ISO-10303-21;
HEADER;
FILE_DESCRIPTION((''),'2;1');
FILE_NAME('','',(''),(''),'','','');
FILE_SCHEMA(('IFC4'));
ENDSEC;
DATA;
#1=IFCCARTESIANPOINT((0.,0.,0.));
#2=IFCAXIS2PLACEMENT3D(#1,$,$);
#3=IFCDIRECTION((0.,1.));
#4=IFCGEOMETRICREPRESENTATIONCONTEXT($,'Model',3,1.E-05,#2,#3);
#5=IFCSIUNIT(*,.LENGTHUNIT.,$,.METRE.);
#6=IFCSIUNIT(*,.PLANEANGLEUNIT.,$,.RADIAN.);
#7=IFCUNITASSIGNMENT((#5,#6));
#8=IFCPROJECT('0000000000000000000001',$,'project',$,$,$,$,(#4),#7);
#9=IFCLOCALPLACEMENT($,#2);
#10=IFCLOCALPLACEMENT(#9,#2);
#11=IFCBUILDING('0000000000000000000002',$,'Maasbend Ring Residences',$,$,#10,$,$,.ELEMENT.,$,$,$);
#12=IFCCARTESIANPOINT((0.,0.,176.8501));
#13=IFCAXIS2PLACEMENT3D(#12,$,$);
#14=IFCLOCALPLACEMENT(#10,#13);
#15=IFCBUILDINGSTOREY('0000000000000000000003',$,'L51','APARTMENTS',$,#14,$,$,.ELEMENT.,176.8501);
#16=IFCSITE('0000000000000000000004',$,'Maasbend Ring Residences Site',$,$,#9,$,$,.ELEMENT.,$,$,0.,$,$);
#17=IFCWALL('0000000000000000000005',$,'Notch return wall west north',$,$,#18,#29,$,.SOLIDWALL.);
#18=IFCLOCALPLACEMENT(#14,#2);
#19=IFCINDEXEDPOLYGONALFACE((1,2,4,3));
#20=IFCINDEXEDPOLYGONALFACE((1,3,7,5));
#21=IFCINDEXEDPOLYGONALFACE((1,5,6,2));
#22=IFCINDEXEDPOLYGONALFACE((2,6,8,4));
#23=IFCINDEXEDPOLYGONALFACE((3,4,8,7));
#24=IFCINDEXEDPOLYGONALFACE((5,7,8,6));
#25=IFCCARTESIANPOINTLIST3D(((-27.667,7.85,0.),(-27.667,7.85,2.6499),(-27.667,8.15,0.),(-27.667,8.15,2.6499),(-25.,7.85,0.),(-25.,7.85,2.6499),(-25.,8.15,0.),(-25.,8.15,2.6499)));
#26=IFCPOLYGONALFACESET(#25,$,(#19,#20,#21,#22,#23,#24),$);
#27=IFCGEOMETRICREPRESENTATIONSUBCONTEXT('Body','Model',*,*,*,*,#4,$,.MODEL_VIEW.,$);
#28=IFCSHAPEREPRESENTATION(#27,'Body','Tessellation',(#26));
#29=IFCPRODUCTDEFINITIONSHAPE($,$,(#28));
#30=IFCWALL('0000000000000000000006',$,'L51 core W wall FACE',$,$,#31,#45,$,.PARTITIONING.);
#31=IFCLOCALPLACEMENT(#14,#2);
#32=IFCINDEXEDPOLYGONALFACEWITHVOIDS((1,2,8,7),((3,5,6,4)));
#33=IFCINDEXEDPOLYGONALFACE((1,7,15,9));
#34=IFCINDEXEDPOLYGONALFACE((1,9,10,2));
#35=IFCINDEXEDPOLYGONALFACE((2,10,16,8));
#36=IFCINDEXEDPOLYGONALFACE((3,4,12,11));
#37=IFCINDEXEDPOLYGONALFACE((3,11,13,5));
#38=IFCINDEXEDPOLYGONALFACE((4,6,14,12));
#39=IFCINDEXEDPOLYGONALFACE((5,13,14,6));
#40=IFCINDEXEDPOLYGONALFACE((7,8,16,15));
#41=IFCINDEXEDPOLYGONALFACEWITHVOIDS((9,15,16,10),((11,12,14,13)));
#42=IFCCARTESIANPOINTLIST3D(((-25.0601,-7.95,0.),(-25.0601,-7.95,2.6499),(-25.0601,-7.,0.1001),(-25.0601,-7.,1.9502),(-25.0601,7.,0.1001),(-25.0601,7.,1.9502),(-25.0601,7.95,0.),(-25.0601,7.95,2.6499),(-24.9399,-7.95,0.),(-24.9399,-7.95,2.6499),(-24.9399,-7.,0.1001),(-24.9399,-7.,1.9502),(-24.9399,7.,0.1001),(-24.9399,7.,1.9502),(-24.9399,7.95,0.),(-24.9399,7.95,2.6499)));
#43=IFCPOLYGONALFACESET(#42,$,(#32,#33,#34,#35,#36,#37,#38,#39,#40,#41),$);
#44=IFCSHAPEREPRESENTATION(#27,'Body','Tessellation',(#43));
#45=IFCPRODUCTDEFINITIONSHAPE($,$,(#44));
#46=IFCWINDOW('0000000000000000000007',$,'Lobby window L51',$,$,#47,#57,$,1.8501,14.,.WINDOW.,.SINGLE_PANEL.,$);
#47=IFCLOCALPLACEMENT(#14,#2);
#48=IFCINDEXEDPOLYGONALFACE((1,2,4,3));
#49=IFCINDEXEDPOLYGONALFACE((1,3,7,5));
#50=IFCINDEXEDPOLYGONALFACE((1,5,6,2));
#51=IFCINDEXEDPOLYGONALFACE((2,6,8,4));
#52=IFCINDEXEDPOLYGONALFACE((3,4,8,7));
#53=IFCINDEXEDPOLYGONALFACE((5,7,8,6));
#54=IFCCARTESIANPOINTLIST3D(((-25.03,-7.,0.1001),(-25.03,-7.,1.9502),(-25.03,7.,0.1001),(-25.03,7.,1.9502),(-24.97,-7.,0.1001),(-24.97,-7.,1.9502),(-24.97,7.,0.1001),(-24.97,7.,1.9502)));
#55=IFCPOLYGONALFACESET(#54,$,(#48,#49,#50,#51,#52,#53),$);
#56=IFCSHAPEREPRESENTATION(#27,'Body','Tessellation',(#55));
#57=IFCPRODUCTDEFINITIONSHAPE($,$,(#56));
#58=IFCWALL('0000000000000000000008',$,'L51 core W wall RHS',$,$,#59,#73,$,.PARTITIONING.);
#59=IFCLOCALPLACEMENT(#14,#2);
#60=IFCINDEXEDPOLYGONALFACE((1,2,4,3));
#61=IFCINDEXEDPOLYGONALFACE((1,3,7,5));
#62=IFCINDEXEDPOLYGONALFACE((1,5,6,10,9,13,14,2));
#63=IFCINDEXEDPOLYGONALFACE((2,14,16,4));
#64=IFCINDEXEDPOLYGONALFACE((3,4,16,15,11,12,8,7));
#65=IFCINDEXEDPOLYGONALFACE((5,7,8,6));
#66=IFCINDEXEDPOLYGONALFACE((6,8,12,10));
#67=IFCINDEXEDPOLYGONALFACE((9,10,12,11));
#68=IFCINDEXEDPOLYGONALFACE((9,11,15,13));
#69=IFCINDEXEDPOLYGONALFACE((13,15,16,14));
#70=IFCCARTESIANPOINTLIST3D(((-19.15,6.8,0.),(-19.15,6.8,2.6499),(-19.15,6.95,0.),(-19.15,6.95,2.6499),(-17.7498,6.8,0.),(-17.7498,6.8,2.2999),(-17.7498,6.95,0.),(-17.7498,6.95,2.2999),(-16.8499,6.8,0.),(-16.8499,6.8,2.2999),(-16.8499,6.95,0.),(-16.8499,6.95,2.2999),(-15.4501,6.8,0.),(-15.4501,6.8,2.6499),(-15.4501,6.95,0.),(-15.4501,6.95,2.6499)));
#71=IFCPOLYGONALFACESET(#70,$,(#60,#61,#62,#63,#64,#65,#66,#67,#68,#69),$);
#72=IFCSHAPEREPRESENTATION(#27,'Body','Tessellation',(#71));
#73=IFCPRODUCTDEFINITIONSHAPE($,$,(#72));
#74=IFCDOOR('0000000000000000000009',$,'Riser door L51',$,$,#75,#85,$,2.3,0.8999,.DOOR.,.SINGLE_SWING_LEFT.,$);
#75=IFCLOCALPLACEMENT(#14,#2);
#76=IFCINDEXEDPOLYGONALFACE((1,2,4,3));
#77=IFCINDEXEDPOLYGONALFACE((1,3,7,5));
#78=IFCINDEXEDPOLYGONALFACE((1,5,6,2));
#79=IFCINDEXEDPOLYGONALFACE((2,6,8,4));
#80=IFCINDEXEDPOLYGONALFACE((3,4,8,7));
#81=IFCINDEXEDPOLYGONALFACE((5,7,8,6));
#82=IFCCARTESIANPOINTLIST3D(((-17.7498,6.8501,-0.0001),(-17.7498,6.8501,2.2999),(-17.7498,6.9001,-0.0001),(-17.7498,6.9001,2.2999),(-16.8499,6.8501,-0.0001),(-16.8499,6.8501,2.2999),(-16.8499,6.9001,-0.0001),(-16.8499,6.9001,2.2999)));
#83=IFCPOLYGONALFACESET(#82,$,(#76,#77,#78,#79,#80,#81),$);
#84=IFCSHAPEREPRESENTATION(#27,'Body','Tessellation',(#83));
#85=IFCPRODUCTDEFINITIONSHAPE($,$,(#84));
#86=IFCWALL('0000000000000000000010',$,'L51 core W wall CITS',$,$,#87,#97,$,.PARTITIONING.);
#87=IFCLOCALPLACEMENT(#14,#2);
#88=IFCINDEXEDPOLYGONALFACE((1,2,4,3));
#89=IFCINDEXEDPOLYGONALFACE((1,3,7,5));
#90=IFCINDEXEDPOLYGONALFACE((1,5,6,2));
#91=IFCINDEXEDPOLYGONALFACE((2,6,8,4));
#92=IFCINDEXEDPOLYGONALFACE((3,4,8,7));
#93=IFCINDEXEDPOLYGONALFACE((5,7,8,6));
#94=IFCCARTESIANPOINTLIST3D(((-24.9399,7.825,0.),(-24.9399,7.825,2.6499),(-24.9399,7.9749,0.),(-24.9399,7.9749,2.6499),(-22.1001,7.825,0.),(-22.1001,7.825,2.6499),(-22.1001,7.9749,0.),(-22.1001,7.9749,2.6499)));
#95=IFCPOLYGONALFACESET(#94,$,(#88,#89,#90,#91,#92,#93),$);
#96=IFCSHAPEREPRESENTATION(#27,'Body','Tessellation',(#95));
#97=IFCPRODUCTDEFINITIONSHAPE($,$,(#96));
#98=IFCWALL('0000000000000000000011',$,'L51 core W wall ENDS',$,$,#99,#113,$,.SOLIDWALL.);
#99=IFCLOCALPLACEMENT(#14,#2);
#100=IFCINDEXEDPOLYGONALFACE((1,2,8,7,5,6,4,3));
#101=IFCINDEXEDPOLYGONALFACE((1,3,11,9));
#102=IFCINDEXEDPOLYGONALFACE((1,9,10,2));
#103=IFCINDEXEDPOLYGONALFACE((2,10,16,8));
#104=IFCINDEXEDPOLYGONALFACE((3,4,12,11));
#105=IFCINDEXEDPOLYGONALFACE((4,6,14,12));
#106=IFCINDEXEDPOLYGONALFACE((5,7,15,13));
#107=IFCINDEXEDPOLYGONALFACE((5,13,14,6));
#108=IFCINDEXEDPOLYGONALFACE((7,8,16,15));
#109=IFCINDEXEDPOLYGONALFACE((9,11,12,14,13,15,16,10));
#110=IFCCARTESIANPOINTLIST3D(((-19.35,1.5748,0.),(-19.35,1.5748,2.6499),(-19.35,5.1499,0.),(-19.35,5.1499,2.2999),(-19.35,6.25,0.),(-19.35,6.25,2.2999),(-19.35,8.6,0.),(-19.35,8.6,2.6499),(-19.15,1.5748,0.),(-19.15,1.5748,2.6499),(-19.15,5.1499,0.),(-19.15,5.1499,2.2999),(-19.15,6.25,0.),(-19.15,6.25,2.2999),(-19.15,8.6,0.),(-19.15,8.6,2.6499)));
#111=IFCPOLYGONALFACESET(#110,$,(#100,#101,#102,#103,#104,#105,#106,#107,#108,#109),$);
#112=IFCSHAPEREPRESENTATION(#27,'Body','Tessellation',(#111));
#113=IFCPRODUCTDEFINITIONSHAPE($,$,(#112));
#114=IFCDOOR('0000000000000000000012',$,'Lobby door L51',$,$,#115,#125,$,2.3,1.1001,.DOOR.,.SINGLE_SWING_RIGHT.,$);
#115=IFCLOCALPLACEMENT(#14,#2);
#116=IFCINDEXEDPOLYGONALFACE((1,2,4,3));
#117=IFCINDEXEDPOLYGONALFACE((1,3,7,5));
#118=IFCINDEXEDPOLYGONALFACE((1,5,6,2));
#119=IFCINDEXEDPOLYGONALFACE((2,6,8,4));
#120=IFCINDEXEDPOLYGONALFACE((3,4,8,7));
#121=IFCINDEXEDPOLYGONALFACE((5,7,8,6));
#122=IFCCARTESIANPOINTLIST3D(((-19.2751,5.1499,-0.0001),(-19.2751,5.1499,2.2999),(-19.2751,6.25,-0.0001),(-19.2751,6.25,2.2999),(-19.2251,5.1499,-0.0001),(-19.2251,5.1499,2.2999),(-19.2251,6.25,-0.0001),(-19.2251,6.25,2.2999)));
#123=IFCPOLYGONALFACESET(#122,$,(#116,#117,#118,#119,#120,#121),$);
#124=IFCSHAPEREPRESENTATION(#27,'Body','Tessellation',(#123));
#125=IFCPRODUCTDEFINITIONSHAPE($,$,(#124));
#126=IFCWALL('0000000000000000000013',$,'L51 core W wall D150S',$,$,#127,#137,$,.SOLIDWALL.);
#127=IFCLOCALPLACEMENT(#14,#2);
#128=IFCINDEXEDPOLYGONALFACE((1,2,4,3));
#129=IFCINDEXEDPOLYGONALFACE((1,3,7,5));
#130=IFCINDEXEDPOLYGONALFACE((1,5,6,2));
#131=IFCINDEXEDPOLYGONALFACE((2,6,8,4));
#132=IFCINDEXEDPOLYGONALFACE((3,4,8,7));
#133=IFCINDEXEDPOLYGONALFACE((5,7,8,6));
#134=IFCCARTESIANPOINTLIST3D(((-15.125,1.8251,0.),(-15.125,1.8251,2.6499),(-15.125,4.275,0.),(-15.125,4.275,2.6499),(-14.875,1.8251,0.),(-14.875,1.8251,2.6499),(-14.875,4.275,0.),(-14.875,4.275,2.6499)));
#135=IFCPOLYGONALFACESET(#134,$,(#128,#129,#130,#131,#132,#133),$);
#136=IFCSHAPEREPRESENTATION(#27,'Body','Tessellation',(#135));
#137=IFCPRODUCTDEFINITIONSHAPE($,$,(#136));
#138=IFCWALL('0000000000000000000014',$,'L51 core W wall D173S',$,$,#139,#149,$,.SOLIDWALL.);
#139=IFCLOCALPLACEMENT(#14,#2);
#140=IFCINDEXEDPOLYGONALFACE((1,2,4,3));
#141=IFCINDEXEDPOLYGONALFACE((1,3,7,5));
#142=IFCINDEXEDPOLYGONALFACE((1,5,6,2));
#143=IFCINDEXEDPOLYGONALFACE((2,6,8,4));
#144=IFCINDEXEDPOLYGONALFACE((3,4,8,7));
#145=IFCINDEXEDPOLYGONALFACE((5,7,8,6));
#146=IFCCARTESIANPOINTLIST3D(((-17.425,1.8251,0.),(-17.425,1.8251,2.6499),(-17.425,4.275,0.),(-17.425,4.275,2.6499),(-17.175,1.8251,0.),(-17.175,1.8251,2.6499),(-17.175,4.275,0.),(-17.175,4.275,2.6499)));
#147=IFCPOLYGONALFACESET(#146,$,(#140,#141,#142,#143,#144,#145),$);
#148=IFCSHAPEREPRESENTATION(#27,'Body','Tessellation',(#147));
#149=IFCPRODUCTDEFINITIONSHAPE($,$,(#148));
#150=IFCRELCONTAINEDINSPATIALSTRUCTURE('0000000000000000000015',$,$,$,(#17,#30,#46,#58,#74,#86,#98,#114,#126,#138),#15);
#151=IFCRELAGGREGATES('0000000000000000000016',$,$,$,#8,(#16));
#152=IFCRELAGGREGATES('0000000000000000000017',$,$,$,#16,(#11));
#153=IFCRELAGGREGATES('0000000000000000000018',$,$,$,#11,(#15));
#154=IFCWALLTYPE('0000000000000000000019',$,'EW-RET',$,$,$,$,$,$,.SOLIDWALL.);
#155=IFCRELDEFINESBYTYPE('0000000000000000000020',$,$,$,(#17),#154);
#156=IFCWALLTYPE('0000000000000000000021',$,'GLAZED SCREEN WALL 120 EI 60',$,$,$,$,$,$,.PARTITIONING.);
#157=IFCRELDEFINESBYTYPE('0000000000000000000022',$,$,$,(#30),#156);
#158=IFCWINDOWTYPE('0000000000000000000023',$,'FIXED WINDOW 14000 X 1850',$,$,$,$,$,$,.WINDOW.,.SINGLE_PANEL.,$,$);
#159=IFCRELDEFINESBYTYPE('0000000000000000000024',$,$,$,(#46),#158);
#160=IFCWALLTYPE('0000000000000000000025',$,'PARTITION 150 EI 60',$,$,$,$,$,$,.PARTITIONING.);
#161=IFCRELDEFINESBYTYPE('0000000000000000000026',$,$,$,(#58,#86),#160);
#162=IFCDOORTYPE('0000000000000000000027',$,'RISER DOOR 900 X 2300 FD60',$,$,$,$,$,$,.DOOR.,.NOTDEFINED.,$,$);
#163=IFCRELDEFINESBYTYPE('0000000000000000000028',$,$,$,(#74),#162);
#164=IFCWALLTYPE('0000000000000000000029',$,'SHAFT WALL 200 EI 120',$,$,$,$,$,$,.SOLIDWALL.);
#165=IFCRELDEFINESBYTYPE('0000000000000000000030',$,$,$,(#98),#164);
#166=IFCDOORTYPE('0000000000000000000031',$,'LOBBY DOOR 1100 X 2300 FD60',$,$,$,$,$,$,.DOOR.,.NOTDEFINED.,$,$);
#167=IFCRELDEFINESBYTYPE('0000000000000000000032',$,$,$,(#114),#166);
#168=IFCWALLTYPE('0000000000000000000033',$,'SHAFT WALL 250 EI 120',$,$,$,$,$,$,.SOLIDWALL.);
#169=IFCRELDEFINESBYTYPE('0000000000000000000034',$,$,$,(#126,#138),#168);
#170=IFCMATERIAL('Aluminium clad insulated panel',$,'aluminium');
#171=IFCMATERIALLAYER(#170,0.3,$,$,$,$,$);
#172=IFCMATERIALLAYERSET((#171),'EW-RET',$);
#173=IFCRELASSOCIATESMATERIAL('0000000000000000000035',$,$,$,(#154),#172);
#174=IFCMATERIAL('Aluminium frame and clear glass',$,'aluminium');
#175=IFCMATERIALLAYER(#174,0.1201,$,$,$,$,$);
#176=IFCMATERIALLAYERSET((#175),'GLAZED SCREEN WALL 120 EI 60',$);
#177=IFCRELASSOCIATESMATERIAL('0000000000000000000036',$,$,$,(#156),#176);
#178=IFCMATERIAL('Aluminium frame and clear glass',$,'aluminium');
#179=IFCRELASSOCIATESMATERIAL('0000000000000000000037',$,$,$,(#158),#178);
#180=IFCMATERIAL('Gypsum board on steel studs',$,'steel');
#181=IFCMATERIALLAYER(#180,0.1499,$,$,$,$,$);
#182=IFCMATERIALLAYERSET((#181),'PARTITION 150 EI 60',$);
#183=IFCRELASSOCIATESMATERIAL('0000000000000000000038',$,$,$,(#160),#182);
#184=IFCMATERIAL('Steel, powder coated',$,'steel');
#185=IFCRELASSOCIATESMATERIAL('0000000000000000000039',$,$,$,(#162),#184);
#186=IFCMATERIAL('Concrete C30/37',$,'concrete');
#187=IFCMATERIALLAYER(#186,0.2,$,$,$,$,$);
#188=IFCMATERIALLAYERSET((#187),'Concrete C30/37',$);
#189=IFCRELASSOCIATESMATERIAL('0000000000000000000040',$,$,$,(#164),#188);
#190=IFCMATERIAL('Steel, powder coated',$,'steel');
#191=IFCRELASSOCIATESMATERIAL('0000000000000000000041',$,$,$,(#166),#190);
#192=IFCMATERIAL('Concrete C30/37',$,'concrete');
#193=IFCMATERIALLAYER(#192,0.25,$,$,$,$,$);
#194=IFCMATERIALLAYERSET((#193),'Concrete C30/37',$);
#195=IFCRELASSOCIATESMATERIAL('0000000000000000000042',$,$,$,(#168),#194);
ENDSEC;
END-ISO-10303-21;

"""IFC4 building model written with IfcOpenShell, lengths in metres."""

from ifc_helpers import new_model, si_unit, direction, frame, frame_2d, origin, place, context, subcontext, project, spatial, rectangle, extrude, material, layer, layer_set, type_object, element, fill, save


model = new_model("IFC4")

# Units and contexts
model_context = context("Model", 3, precision=1e-05, world=origin(), true_north=direction((0.0, 1.0)))
body_context = subcontext(model_context, "Body", "Model", "MODEL_VIEW")
ifc_project = project(units=[si_unit("LENGTHUNIT", "METRE"), si_unit("PLANEANGLEUNIT", "RADIAN")], contexts=[model_context])

# Site, building, storey
site_placement = place(None, origin())
site = spatial("IfcSite", under=ifc_project, at=site_placement, Name="Maasbend Ring Residences Site", CompositionType="ELEMENT", RefElevation=0.0)
building_placement = place(site_placement, origin())
building = spatial("IfcBuilding", under=site, at=building_placement, Name="Maasbend Ring Residences", CompositionType="ELEMENT")
storey_placement = place(building_placement, frame((0.0, 0.0, 176.8501)))
storey = spatial("IfcBuildingStorey", under=building, at=storey_placement, Name="L51", Description="APARTMENTS", CompositionType="ELEMENT", Elevation=176.8501)

# Wall
ifc_material_1 = material(Name="Aluminium clad insulated panel", Category="aluminium")
ifc_layer_1 = layer(ifc_material_1, 0.3)
ifc_layer_set_1 = layer_set([ifc_layer_1], Name="EW-RET")
wall_type_1 = type_object("IfcWallType", Name="EW-RET", PredefinedType="SOLIDWALL", material=ifc_layer_set_1)
wall_1_placement = place(storey_placement, frame((-25.0, 8.0, 0.0), z_axis=(0.0, 0.0, 1.0), x_axis=(-1.0, 0.0, 0.0)))
element("IfcWall", 1, at=wall_1_placement, inside=storey, type_object=wall_type_1, Name="Notch return wall west north", PredefinedType="SOLIDWALL", context=body_context, shape_type="SweptSolid", body=[
    extrude(rectangle(XDim=2.667, YDim=0.3, at=frame_2d((1.3335, 0.0))), origin(), (0.0, 0.0, 1.0), 2.6499),
])

# Wall, opening, window
ifc_material_2 = material(Name="Aluminium frame and clear glass", Category="aluminium")
ifc_layer_2 = layer(ifc_material_2, 0.1201)
ifc_layer_set_2 = layer_set([ifc_layer_2], Name="GLAZED SCREEN WALL 120 EI 60")
wall_type_2 = type_object("IfcWallType", Name="GLAZED SCREEN WALL 120 EI 60", PredefinedType="PARTITIONING", material=ifc_layer_set_2)
wall_2_placement = place(storey_placement, frame((-25.0, 7.95, 0.0), z_axis=(0.0, 0.0, 1.0), x_axis=(0.0, -1.0, 0.0)))
wall_2 = element("IfcWall", 2, at=wall_2_placement, inside=storey, type_object=wall_type_2, Name="L51 core W wall FACE", PredefinedType="PARTITIONING", context=body_context, shape_type="SweptSolid", body=[
    extrude(rectangle(XDim=15.8999, YDim=0.1201, at=frame_2d((7.95, 0.0))), origin(), (0.0, 0.0, 1.0), 2.6499),
])
opening_1_placement = place(wall_2_placement, frame((0.95, 0.0, 0.1001)))
opening_1 = element("IfcOpeningElement", 3, at=opening_1_placement, cuts=wall_2, PredefinedType="OPENING", context=body_context, shape_type="SweptSolid", body=[
    extrude(rectangle(XDim=14.0, YDim=1.8501, at=frame_2d((7.0, 0.925))), frame((0.0, 0.0701, 0.0), z_axis=(0.0, -1.0, 0.0), x_axis=(1.0, 0.0, 0.0)), (0.0, 0.0, 1.0), 0.1401),
])
ifc_material_3 = material(Name="Aluminium frame and clear glass", Category="aluminium")
window_type_1 = type_object("IfcWindowType", Name="FIXED WINDOW 14000 X 1850", PartitioningType="SINGLE_PANEL", PredefinedType="WINDOW", material=ifc_material_3)
window_1_placement = place(opening_1_placement, origin())
window_1 = element("IfcWindow", 4, at=window_1_placement, inside=storey, type_object=window_type_1, Name="Lobby window L51", OverallHeight=1.8501, OverallWidth=14.0, PartitioningType="SINGLE_PANEL", PredefinedType="WINDOW", context=body_context, shape_type="SweptSolid", body=[
    extrude(rectangle(XDim=14.0, YDim=1.8501, at=frame_2d((7.0, 0.925))), frame((0.0, 0.03, 0.0), z_axis=(0.0, -1.0, 0.0), x_axis=(1.0, 0.0, 0.0)), (0.0, 0.0, 1.0), 0.0601),
])
fill(opening_1, window_1)

# Wall, opening, door
ifc_material_4 = material(Name="Gypsum board on steel studs", Category="steel")
ifc_layer_3 = layer(ifc_material_4, 0.1499)
ifc_layer_set_3 = layer_set([ifc_layer_3], Name="PARTITION 150 EI 60")
wall_type_3 = type_object("IfcWallType", Name="PARTITION 150 EI 60", PredefinedType="PARTITIONING", material=ifc_layer_set_3)
wall_3_placement = place(storey_placement, frame((-15.45, 6.875, 0.0), z_axis=(0.0, 0.0, 1.0), x_axis=(-1.0, 0.0, 0.0)))
wall_3 = element("IfcWall", 5, at=wall_3_placement, inside=storey, type_object=wall_type_3, Name="L51 core W wall RHS", PredefinedType="PARTITIONING", context=body_context, shape_type="SweptSolid", body=[
    extrude(rectangle(XDim=3.7, YDim=0.1499, at=frame_2d((1.8501, 0.0))), origin(), (0.0, 0.0, 1.0), 2.6499),
])
opening_2_placement = place(wall_3_placement, frame((1.3999, 0.0, 0.0)))
opening_2 = element("IfcOpeningElement", 6, at=opening_2_placement, cuts=wall_3, PredefinedType="OPENING", context=body_context, shape_type="SweptSolid", body=[
    extrude(rectangle(XDim=0.8999, YDim=2.3, at=frame_2d((0.45, 1.1499))), frame((0.0, 0.085, 0.0), z_axis=(0.0, -1.0, 0.0), x_axis=(1.0, 0.0, 0.0)), (0.0, 0.0, 1.0), 0.1699),
])
ifc_material_5 = material(Name="Steel, powder coated", Category="steel")
door_type_1 = type_object("IfcDoorType", Name="RISER DOOR 900 X 2300 FD60", OperationType="NOTDEFINED", PredefinedType="DOOR", material=ifc_material_5)
door_1_placement = place(opening_2_placement, origin())
door_1 = element("IfcDoor", 7, at=door_1_placement, inside=storey, type_object=door_type_1, Name="Riser door L51", OperationType="SINGLE_SWING_LEFT", OverallHeight=2.3, OverallWidth=0.8999, PredefinedType="DOOR", context=body_context, shape_type="SweptSolid", body=[
    extrude(rectangle(XDim=0.8999, YDim=2.3, at=frame_2d((0.45, 1.1499))), frame((0.0, 0.0249, 0.0), z_axis=(0.0, -1.0, 0.0), x_axis=(1.0, 0.0, 0.0)), (0.0, 0.0, 1.0), 0.05),
])
fill(opening_2, door_1)

# Wall
wall_4_placement = place(storey_placement, frame((-22.1001, 7.8999, 0.0), z_axis=(0.0, 0.0, 1.0), x_axis=(-1.0, 0.0, 0.0)))
element("IfcWall", 8, at=wall_4_placement, inside=storey, type_object=wall_type_3, Name="L51 core W wall CITS", PredefinedType="PARTITIONING", context=body_context, shape_type="SweptSolid", body=[
    extrude(rectangle(XDim=2.8398, YDim=0.1499, at=frame_2d((1.4199, 0.0))), origin(), (0.0, 0.0, 1.0), 2.6499),
])

# Wall, opening, door
ifc_material_6 = material(Name="Concrete C30/37", Category="concrete")
ifc_layer_4 = layer(ifc_material_6, 0.2)
ifc_layer_set_4 = layer_set([ifc_layer_4], Name="Concrete C30/37")
wall_type_4 = type_object("IfcWallType", Name="SHAFT WALL 200 EI 120", PredefinedType="SOLIDWALL", material=ifc_layer_set_4)
wall_5_placement = place(storey_placement, frame((-19.25, 8.6001, 0.0), z_axis=(0.0, 0.0, 1.0), x_axis=(0.0, -1.0, 0.0)))
wall_5 = element("IfcWall", 9, at=wall_5_placement, inside=storey, type_object=wall_type_4, Name="L51 core W wall ENDS", PredefinedType="SOLIDWALL", context=body_context, shape_type="SweptSolid", body=[
    extrude(rectangle(XDim=7.0251, YDim=0.2, at=frame_2d((3.5127, 0.0))), origin(), (0.0, 0.0, 1.0), 2.6499),
])
opening_3_placement = place(wall_5_placement, frame((2.3501, 0.0, 0.0)))
opening_3 = element("IfcOpeningElement", 10, at=opening_3_placement, cuts=wall_5, PredefinedType="OPENING", context=body_context, shape_type="SweptSolid", body=[
    extrude(rectangle(XDim=1.1001, YDim=2.3, at=frame_2d((0.55, 1.1499))), frame((0.0, 0.1099, 0.0), z_axis=(0.0, -1.0, 0.0), x_axis=(1.0, 0.0, 0.0)), (0.0, 0.0, 1.0), 0.22),
])
ifc_material_7 = material(Name="Steel, powder coated", Category="steel")
door_type_2 = type_object("IfcDoorType", Name="LOBBY DOOR 1100 X 2300 FD60", OperationType="NOTDEFINED", PredefinedType="DOOR", material=ifc_material_7)
door_2_placement = place(opening_3_placement, origin())
door_2 = element("IfcDoor", 11, at=door_2_placement, inside=storey, type_object=door_type_2, Name="Lobby door L51", OperationType="SINGLE_SWING_RIGHT", OverallHeight=2.3, OverallWidth=1.1001, PredefinedType="DOOR", context=body_context, shape_type="SweptSolid", body=[
    extrude(rectangle(XDim=1.1001, YDim=2.3, at=frame_2d((0.55, 1.1499))), frame((0.0, 0.0249, 0.0), z_axis=(0.0, -1.0, 0.0), x_axis=(1.0, 0.0, 0.0)), (0.0, 0.0, 1.0), 0.05),
])
fill(opening_3, door_2)

# Walls
ifc_material_8 = material(Name="Concrete C30/37", Category="concrete")
ifc_layer_5 = layer(ifc_material_8, 0.25)
ifc_layer_set_5 = layer_set([ifc_layer_5], Name="Concrete C30/37")
wall_type_5 = type_object("IfcWallType", Name="SHAFT WALL 250 EI 120", PredefinedType="SOLIDWALL", material=ifc_layer_set_5)
for number, where, z_axis, x_axis, name in (
    (12, (-15.0, 1.825, 0.0), (0.0, 0.0, 1.0), (0.0, 1.0, 0.0), "L51 core W wall D150S"),
    (13, (-17.3, 1.825, 0.0), (0.0, 0.0, 1.0), (0.0, 1.0, 0.0), "L51 core W wall D173S"),
):
    element("IfcWall", number, at=place(storey_placement, frame(where, z_axis=z_axis, x_axis=x_axis)), inside=storey, type_object=wall_type_5, Name=name, PredefinedType="SOLIDWALL", context=body_context, shape_type="SweptSolid", body=[
        extrude(rectangle(XDim=2.45, YDim=0.25, at=frame_2d((1.2251, 0.0))), origin(), (0.0, 0.0, 1.0), 2.6499),
    ])

save(model, "model.ifc")
